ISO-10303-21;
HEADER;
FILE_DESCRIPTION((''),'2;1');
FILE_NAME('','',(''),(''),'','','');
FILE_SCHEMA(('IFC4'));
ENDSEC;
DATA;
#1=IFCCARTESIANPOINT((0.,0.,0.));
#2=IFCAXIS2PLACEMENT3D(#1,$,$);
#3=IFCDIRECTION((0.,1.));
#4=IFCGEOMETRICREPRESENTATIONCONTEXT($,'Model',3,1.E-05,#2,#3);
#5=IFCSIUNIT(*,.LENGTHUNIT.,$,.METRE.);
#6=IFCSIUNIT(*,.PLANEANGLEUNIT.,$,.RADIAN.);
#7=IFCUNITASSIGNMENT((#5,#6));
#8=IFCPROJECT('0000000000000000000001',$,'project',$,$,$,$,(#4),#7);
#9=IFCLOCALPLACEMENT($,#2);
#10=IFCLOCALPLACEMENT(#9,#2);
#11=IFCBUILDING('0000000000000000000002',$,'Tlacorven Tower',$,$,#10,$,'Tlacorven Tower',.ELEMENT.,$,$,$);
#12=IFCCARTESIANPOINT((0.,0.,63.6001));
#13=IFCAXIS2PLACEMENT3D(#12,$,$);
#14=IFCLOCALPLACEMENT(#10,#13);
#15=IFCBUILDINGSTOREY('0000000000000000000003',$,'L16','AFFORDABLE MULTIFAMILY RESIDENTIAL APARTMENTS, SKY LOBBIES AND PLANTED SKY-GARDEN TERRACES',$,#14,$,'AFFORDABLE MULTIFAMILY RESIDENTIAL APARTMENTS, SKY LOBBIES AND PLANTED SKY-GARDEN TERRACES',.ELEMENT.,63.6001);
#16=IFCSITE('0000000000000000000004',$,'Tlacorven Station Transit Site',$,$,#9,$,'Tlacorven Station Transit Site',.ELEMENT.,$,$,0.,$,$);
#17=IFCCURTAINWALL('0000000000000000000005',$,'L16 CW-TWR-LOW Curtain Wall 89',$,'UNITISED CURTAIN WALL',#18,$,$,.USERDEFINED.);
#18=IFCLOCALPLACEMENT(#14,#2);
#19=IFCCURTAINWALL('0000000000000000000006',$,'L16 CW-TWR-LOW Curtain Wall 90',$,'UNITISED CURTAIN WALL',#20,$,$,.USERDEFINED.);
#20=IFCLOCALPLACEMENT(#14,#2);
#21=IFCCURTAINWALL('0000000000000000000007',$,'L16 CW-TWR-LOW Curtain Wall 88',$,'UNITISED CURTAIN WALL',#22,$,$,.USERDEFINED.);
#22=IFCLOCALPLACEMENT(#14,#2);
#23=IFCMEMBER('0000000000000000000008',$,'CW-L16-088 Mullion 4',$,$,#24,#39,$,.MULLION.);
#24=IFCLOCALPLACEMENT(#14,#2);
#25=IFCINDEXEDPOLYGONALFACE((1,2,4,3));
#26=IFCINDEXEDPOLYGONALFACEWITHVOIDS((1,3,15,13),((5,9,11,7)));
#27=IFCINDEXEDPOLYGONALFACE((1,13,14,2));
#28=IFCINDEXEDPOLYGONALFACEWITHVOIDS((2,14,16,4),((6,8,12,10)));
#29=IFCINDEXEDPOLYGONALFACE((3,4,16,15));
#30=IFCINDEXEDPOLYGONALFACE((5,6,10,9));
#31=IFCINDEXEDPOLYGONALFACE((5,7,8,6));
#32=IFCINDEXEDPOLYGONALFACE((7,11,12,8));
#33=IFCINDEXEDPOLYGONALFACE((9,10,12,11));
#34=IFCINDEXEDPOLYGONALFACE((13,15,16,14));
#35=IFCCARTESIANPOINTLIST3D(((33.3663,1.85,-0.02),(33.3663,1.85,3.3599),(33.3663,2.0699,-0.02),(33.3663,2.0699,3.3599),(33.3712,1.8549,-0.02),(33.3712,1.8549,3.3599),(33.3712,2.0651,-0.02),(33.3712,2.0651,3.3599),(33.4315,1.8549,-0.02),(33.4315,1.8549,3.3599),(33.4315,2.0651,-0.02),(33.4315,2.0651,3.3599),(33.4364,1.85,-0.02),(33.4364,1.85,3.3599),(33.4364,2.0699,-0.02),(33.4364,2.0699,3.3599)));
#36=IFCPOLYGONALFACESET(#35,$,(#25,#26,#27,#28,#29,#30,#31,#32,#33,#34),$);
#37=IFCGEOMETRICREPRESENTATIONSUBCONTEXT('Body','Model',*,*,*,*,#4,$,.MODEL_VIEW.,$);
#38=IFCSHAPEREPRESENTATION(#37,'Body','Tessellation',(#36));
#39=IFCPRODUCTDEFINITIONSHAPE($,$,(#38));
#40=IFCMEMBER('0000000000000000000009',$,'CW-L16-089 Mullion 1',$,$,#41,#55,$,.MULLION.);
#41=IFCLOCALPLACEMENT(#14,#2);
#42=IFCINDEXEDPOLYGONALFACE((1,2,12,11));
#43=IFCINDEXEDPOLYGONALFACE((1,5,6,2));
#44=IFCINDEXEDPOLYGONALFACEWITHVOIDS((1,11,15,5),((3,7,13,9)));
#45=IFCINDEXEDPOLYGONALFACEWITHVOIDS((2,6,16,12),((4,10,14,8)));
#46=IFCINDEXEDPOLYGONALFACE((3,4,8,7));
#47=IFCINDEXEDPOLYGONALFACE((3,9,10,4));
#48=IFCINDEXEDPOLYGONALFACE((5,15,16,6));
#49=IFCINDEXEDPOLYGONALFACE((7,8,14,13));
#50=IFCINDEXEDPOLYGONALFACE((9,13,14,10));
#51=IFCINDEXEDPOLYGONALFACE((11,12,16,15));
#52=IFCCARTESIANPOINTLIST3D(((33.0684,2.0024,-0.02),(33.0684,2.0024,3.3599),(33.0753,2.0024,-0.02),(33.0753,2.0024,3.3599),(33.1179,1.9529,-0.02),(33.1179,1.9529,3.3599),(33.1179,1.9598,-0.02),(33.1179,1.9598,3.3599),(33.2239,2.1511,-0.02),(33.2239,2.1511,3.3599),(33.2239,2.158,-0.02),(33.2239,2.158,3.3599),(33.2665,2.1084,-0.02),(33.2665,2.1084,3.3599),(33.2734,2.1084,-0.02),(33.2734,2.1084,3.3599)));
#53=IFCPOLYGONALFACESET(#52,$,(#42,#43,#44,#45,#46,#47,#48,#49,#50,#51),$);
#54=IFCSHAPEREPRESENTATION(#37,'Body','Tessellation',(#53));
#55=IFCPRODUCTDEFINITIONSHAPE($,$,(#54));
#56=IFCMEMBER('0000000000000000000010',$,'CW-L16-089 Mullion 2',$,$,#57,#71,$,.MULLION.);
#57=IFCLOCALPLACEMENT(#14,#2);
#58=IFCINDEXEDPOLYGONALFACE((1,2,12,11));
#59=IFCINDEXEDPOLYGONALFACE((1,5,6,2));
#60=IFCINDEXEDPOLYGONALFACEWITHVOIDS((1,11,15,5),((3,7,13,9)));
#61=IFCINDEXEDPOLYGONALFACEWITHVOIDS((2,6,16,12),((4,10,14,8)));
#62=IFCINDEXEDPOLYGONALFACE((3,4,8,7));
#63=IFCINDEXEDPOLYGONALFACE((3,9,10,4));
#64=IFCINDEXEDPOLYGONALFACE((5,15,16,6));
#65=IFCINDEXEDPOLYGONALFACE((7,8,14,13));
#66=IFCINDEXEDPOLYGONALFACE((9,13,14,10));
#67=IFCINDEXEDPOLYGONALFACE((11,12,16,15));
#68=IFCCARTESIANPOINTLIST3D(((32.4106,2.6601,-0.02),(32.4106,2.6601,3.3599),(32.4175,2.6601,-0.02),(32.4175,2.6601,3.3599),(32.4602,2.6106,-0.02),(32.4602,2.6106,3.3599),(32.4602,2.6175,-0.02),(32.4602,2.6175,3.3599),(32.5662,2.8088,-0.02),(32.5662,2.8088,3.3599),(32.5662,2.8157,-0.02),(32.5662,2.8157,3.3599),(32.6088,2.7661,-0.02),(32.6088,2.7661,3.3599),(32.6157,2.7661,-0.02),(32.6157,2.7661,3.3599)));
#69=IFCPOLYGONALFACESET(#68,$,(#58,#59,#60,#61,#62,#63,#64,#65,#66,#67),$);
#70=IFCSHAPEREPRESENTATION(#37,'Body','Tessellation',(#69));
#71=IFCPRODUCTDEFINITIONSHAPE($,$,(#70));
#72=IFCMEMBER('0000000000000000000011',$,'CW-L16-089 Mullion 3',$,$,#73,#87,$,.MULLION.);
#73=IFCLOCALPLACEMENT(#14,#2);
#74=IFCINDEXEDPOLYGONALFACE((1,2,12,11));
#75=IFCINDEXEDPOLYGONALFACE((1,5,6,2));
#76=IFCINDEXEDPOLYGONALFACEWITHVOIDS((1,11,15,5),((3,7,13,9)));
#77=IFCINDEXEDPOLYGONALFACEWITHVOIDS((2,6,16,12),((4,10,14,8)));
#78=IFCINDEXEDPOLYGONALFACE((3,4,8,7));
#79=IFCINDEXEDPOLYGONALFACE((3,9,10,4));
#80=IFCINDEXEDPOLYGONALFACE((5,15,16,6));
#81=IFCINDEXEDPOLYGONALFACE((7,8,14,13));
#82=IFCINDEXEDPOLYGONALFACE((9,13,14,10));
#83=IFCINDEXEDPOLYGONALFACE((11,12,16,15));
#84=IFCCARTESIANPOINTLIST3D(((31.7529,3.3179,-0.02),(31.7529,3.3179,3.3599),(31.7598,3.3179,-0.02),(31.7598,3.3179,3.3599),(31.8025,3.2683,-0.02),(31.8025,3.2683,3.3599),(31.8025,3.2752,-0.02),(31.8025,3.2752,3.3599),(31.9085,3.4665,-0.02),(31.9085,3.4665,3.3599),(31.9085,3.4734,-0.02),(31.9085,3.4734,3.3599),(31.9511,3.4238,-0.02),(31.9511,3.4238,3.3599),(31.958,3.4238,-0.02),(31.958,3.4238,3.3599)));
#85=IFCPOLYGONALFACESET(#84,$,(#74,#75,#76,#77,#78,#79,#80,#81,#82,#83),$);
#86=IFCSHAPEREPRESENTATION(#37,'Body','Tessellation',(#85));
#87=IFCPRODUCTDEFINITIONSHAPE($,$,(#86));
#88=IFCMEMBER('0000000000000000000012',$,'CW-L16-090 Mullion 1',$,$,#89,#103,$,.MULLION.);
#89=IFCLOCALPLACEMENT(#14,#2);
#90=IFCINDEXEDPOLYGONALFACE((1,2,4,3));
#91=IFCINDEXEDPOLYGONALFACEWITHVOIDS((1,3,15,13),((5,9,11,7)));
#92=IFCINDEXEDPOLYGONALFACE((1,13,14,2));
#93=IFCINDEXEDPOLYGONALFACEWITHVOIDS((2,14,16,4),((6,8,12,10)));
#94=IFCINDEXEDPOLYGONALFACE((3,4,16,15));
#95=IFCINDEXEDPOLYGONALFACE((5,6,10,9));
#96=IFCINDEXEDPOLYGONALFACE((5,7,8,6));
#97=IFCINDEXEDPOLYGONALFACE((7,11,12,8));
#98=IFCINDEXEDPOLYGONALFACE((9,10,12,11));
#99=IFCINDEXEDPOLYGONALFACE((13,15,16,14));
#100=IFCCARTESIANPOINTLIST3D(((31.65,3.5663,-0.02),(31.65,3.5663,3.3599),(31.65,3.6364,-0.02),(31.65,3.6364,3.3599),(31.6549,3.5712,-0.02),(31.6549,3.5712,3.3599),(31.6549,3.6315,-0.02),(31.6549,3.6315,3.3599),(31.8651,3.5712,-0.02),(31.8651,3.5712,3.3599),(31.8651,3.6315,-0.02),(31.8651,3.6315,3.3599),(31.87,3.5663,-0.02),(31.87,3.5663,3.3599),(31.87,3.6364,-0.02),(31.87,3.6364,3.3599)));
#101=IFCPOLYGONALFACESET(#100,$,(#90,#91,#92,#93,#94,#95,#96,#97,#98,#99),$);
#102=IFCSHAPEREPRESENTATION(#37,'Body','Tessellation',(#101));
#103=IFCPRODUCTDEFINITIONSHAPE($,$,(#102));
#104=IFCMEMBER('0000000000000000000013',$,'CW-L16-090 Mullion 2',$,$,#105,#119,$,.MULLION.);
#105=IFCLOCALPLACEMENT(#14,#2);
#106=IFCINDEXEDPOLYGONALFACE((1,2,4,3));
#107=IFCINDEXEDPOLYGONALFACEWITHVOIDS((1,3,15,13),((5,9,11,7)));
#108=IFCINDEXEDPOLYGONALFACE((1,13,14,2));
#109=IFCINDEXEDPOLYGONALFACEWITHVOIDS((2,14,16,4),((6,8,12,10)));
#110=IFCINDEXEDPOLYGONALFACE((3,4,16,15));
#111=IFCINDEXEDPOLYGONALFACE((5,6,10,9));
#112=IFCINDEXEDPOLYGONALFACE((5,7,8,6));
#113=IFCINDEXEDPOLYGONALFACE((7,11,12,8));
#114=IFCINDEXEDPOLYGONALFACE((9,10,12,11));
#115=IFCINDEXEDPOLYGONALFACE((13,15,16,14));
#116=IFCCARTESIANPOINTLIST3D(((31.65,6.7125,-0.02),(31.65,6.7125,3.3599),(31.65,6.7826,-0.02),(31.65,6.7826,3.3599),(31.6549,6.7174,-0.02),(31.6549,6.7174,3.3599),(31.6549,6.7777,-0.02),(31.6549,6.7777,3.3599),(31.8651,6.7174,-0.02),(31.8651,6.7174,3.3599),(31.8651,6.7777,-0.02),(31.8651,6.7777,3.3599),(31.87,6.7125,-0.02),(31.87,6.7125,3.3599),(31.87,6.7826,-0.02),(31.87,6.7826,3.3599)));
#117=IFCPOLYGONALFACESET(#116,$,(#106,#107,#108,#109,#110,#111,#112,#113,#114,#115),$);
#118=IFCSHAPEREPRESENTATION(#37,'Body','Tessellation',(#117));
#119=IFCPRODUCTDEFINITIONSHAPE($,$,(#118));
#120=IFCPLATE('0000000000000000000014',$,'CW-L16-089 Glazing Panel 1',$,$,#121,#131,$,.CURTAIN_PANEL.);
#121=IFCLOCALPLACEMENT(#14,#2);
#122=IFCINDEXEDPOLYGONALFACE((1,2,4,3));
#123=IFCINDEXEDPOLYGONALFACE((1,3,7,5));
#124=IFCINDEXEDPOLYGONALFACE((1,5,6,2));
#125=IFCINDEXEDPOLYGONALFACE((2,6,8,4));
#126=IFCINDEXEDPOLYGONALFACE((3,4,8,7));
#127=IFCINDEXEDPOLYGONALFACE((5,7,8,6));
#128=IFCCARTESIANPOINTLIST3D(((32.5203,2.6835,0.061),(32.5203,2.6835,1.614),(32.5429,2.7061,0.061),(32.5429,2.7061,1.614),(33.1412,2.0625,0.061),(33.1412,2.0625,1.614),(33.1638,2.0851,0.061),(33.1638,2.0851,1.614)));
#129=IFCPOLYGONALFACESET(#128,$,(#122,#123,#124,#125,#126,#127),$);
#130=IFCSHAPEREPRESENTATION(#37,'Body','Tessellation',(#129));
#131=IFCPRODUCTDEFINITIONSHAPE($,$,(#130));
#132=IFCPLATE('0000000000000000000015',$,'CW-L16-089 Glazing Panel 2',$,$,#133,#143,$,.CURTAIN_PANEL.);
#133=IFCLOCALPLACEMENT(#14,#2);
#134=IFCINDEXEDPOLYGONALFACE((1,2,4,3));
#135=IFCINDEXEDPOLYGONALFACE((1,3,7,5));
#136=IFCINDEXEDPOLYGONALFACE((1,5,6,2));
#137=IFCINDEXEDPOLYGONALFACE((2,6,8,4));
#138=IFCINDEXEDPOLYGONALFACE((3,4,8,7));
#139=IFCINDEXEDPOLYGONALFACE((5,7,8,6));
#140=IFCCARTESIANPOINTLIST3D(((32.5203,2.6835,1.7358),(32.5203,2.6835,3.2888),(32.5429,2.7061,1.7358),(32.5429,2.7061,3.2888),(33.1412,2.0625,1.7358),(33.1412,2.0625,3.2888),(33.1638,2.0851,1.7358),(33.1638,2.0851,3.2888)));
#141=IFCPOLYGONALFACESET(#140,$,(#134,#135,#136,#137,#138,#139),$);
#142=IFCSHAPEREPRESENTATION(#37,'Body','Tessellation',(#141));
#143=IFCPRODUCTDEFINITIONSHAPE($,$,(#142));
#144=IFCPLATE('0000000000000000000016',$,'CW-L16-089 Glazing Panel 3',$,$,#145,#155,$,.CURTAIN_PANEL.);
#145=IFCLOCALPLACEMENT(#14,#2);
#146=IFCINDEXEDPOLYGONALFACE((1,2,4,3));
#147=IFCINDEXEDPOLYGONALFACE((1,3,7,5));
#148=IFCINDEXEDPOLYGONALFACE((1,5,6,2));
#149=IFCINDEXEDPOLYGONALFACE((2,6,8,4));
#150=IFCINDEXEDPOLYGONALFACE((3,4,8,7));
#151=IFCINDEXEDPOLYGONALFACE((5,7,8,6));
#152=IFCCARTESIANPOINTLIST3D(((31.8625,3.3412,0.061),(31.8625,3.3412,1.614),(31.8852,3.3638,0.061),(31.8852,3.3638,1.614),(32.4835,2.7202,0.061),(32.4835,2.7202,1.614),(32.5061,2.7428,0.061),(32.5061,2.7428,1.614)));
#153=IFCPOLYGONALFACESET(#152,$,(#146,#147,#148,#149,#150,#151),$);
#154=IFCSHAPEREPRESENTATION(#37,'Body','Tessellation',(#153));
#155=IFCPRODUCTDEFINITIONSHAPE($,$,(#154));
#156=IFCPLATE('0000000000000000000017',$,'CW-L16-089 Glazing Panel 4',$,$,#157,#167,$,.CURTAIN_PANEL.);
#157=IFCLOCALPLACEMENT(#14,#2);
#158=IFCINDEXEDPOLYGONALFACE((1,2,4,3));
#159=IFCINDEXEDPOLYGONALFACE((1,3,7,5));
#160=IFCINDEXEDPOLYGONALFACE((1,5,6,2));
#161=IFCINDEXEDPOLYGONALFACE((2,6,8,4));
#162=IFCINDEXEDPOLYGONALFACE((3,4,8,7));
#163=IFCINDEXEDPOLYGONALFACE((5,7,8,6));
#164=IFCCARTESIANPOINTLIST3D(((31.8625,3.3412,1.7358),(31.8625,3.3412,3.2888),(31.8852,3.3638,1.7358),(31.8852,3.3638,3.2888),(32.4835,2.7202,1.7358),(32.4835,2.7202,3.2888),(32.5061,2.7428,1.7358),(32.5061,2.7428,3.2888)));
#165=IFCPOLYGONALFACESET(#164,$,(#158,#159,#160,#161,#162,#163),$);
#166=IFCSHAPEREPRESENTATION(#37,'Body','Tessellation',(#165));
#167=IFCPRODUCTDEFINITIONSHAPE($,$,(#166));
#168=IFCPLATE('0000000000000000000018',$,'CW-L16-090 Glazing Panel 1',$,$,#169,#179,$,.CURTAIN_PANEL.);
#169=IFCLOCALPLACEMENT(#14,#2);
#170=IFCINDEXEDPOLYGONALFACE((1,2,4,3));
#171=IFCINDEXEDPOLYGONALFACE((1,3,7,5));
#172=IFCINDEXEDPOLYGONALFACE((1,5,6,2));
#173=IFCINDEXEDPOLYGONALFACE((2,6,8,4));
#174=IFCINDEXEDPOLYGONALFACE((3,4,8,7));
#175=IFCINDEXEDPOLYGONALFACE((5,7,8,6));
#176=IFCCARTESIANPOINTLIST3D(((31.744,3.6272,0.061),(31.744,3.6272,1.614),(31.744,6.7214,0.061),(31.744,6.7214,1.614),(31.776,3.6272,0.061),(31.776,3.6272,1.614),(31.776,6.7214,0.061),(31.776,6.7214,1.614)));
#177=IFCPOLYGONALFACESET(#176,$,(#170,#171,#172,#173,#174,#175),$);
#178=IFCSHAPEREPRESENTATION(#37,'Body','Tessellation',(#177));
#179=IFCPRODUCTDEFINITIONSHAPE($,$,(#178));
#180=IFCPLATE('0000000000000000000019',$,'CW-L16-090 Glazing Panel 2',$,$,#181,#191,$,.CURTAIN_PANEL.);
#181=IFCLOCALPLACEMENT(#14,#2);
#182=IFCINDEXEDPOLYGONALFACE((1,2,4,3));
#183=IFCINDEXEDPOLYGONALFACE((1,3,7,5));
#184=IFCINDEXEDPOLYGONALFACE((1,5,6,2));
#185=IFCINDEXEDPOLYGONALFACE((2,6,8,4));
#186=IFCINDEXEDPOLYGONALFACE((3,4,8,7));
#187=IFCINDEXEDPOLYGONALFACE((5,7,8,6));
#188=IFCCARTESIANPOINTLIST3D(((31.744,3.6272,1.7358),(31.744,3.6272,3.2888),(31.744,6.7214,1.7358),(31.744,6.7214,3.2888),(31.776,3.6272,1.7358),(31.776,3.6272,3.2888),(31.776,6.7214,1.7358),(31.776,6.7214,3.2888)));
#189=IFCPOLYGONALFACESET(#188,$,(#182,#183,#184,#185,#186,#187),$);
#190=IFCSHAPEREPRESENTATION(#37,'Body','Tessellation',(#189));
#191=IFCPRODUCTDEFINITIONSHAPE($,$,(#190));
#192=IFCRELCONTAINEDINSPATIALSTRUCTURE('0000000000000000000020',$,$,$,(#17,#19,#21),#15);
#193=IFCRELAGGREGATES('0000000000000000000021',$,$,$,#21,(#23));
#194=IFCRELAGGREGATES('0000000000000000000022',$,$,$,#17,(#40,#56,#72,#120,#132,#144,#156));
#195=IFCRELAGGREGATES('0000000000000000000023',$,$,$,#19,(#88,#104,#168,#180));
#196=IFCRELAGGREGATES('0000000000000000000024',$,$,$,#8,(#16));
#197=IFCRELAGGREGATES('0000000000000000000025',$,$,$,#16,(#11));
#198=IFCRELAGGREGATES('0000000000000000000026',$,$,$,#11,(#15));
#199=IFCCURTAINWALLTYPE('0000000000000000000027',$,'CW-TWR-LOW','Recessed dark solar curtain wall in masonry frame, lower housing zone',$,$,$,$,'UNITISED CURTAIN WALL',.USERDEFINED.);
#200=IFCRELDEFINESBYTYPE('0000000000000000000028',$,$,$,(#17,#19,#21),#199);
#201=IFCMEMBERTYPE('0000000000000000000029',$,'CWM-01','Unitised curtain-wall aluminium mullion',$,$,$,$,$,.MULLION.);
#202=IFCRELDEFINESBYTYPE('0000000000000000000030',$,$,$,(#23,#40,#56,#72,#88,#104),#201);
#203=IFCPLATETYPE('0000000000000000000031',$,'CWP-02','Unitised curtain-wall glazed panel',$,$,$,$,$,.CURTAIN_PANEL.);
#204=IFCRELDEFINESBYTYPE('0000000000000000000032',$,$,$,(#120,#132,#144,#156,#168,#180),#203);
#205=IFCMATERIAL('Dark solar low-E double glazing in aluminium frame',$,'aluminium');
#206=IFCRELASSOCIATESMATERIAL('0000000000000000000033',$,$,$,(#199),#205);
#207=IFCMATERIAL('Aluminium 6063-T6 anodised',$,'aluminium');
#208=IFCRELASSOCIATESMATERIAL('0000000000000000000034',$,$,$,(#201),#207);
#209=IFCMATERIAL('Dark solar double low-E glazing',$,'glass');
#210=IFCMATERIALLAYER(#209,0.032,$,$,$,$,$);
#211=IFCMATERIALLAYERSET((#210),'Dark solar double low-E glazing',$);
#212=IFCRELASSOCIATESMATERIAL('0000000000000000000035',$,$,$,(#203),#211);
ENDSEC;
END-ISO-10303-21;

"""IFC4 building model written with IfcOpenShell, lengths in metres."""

from ifc_helpers import new_model, si_unit, direction, frame, origin, origin_2d, place, context, subcontext, project, spatial, rectangle, hollow_rectangle, extrude, source, transform, mapped, material, layer, layer_set, material_profile, profile_set, type_object, element, aggregate, save


model = new_model("IFC4")

# Units and contexts
model_context = context("Model", 3, precision=1e-05, world=origin(), true_north=direction((0.0, 1.0)))
body_context = subcontext(model_context, "Body", "Model", "MODEL_VIEW")
ifc_project = project(units=[si_unit("LENGTHUNIT", "METRE"), si_unit("PLANEANGLEUNIT", "RADIAN")], contexts=[model_context])

# Site, building, storey
site_placement = place(None, origin())
site = spatial("IfcSite", under=ifc_project, at=site_placement, Name="Tlacorven Station Transit Site", LongName="Tlacorven Station Transit Site", CompositionType="ELEMENT", RefElevation=0.0)
building_placement = place(site_placement, origin())
building = spatial("IfcBuilding", under=site, at=building_placement, Name="Tlacorven Tower", LongName="Tlacorven Tower", CompositionType="ELEMENT")
storey_placement = place(building_placement, frame((0.0, 0.0, 63.6001)))
storey = spatial("IfcBuildingStorey", under=building, at=storey_placement, Name="L16", Description="AFFORDABLE MULTIFAMILY RESIDENTIAL APARTMENTS, SKY LOBBIES AND PLANTED SKY-GARDEN TERRACES", LongName="AFFORDABLE MULTIFAMILY RESIDENTIAL APARTMENTS, SKY LOBBIES AND PLANTED SKY-GARDEN TERRACES", CompositionType="ELEMENT", Elevation=63.6001)

# Curtain walls
ifc_material_1 = material(Name="Dark solar low-E double glazing in aluminium frame", Category="aluminium")
curtain_wall_type = type_object("IfcCurtainWallType", Name="CW-TWR-LOW", Description="Recessed dark solar curtain wall in masonry frame, lower housing zone", ElementType="UNITISED CURTAIN WALL", PredefinedType="USERDEFINED", material=ifc_material_1)
curtain_wall_1_placement = place(storey_placement, origin())
curtain_wall_1 = element("IfcCurtainWall", 1, at=curtain_wall_1_placement, inside=storey, type_object=curtain_wall_type, Name="L16 CW-TWR-LOW Curtain Wall 89", ObjectType="UNITISED CURTAIN WALL", PredefinedType="USERDEFINED")
ifc_material_2 = material(Name="Aluminium 6063-T6 anodised", Category="aluminium")
curtain_wall_2_placement = place(storey_placement, origin())
curtain_wall_2 = element("IfcCurtainWall", 2, at=curtain_wall_2_placement, inside=storey, type_object=curtain_wall_type, Name="L16 CW-TWR-LOW Curtain Wall 90", ObjectType="UNITISED CURTAIN WALL", PredefinedType="USERDEFINED")

# Curtain wall, member
curtain_wall_3_placement = place(storey_placement, origin())
curtain_wall_3 = element("IfcCurtainWall", 3, at=curtain_wall_3_placement, inside=storey, type_object=curtain_wall_type, Name="L16 CW-TWR-LOW Curtain Wall 88", ObjectType="UNITISED CURTAIN WALL", PredefinedType="USERDEFINED")
ifc_material_profile_1 = material_profile(ifc_material_2, hollow_rectangle(XDim=0.0701, YDim=0.22, WallThickness=0.0049, at=origin_2d()), Name="ALU MULLION 70X220")
ifc_profile_set_1 = profile_set([ifc_material_profile_1], Name="Aluminium 6063-T6 anodised")
member_type_1 = type_object("IfcMemberType", Name="CWM-01", Description="Unitised curtain-wall aluminium mullion", PredefinedType="MULLION", material=ifc_profile_set_1)
shared_shape_1 = source(origin(), body_context, "Body", "SweptSolid", [
    extrude(hollow_rectangle(XDim=0.0701, YDim=0.22, WallThickness=0.0049, at=origin_2d()), origin(), (0.0, 0.0, 1.0), 3.3799),
])
member_1_placement = place(storey_placement, frame((33.4014, 1.96, -0.02), z_axis=(0.0, 0.0, 1.0), x_axis=(-1.0, 0.0, 0.0)))
member_1 = element("IfcMember", 4, at=member_1_placement, type_object=member_type_1, Name="CW-L16-088 Mullion 4", PredefinedType="MULLION", context=body_context, shape_type="MappedRepresentation", body=[
    mapped(shared_shape_1, transform((0.0, 0.0, 0.0), scale=1.0)),
])
aggregate(curtain_wall_3, [member_1])

# Members
member_2_placement = place(storey_placement, frame((33.1709, 2.0554, -0.02), z_axis=(0.0, 0.0, 1.0), x_axis=(-0.707107, 0.707107, 0.0)))
member_2 = element("IfcMember", 5, at=member_2_placement, type_object=member_type_1, Name="CW-L16-089 Mullion 1", PredefinedType="MULLION", context=body_context, shape_type="MappedRepresentation", body=[
    mapped(shared_shape_1, transform((0.0, 0.0, 0.0), scale=1.0)),
])
member_3_placement = place(storey_placement, frame((32.5132, 2.7131, -0.02), z_axis=(0.0, 0.0, 1.0), x_axis=(-0.707107, 0.707107, 0.0)))
member_3 = element("IfcMember", 6, at=member_3_placement, type_object=member_type_1, Name="CW-L16-089 Mullion 2", PredefinedType="MULLION", context=body_context, shape_type="MappedRepresentation", body=[
    mapped(shared_shape_1, transform((0.0, 0.0, 0.0), scale=1.0)),
])
member_4_placement = place(storey_placement, frame((31.8555, 3.3708, -0.02), z_axis=(0.0, 0.0, 1.0), x_axis=(-0.707107, 0.707107, 0.0)))
member_4 = element("IfcMember", 7, at=member_4_placement, type_object=member_type_1, Name="CW-L16-089 Mullion 3", PredefinedType="MULLION", context=body_context, shape_type="MappedRepresentation", body=[
    mapped(shared_shape_1, transform((0.0, 0.0, 0.0), scale=1.0)),
])
member_5_placement = place(storey_placement, frame((31.76, 3.6013, -0.02), z_axis=(0.0, 0.0, 1.0), x_axis=(0.0, 1.0, 0.0)))
member_5 = element("IfcMember", 8, at=member_5_placement, type_object=member_type_1, Name="CW-L16-090 Mullion 1", PredefinedType="MULLION", context=body_context, shape_type="MappedRepresentation", body=[
    mapped(shared_shape_1, transform((0.0, 0.0, 0.0), scale=1.0)),
])
member_6_placement = place(storey_placement, frame((31.76, 6.7476, -0.02), z_axis=(0.0, 0.0, 1.0), x_axis=(0.0, 1.0, 0.0)))
member_6 = element("IfcMember", 9, at=member_6_placement, type_object=member_type_1, Name="CW-L16-090 Mullion 2", PredefinedType="MULLION", context=body_context, shape_type="MappedRepresentation", body=[
    mapped(shared_shape_1, transform((0.0, 0.0, 0.0), scale=1.0)),
])

# Plates
ifc_material_3 = material(Name="Dark solar double low-E glazing", Category="glass")
ifc_layer = layer(ifc_material_3, 0.032)
ifc_layer_set = layer_set([ifc_layer], Name="Dark solar double low-E glazing")
plate_type = type_object("IfcPlateType", Name="CWP-02", Description="Unitised curtain-wall glazed panel", PredefinedType="CURTAIN_PANEL", material=ifc_layer_set)
shared_shape_2 = source(origin(), body_context, "Body", "SweptSolid", [
    extrude(rectangle(XDim=0.8782, YDim=0.032, at=origin_2d()), origin(), (0.0, 0.0, 1.0), 1.553),
])
plate_1_placement = place(storey_placement, frame((32.842, 2.3843, 0.061), z_axis=(0.0, 0.0, 1.0), x_axis=(-0.707107, 0.707107, 0.0)))
plate_1 = element("IfcPlate", 10, at=plate_1_placement, type_object=plate_type, Name="CW-L16-089 Glazing Panel 1", PredefinedType="CURTAIN_PANEL", context=body_context, shape_type="MappedRepresentation", body=[
    mapped(shared_shape_2, transform((0.0, 0.0, 0.0), scale=1.0)),
])
plate_2_placement = place(storey_placement, frame((32.842, 2.3843, 1.7358), z_axis=(0.0, 0.0, 1.0), x_axis=(-0.707107, 0.707107, 0.0)))
plate_2 = element("IfcPlate", 11, at=plate_2_placement, type_object=plate_type, Name="CW-L16-089 Glazing Panel 2", PredefinedType="CURTAIN_PANEL", context=body_context, shape_type="MappedRepresentation", body=[
    mapped(shared_shape_2, transform((0.0, 0.0, 0.0), scale=1.0)),
])
plate_3_placement = place(storey_placement, frame((32.1843, 3.042, 0.061), z_axis=(0.0, 0.0, 1.0), x_axis=(-0.707107, 0.707107, 0.0)))
plate_3 = element("IfcPlate", 12, at=plate_3_placement, type_object=plate_type, Name="CW-L16-089 Glazing Panel 3", PredefinedType="CURTAIN_PANEL", context=body_context, shape_type="MappedRepresentation", body=[
    mapped(shared_shape_2, transform((0.0, 0.0, 0.0), scale=1.0)),
])
plate_4_placement = place(storey_placement, frame((32.1843, 3.042, 1.7358), z_axis=(0.0, 0.0, 1.0), x_axis=(-0.707107, 0.707107, 0.0)))
plate_4 = element("IfcPlate", 13, at=plate_4_placement, type_object=plate_type, Name="CW-L16-089 Glazing Panel 4", PredefinedType="CURTAIN_PANEL", context=body_context, shape_type="MappedRepresentation", body=[
    mapped(shared_shape_2, transform((0.0, 0.0, 0.0), scale=1.0)),
])
aggregate(curtain_wall_1, [member_2, member_3, member_4, plate_1, plate_2, plate_3, plate_4])
shared_shape_3 = source(origin(), body_context, "Body", "SweptSolid", [
    extrude(rectangle(XDim=3.0942, YDim=0.032, at=origin_2d()), origin(), (0.0, 0.0, 1.0), 1.553),
])
plate_5_placement = place(storey_placement, frame((31.76, 5.1743, 0.061), z_axis=(0.0, 0.0, 1.0), x_axis=(0.0, 1.0, 0.0)))
plate_5 = element("IfcPlate", 14, at=plate_5_placement, type_object=plate_type, Name="CW-L16-090 Glazing Panel 1", PredefinedType="CURTAIN_PANEL", context=body_context, shape_type="MappedRepresentation", body=[
    mapped(shared_shape_3, transform((0.0, 0.0, 0.0), scale=1.0)),
])
plate_6_placement = place(storey_placement, frame((31.76, 5.1743, 1.7358), z_axis=(0.0, 0.0, 1.0), x_axis=(0.0, 1.0, 0.0)))
plate_6 = element("IfcPlate", 15, at=plate_6_placement, type_object=plate_type, Name="CW-L16-090 Glazing Panel 2", PredefinedType="CURTAIN_PANEL", context=body_context, shape_type="MappedRepresentation", body=[
    mapped(shared_shape_3, transform((0.0, 0.0, 0.0), scale=1.0)),
])
aggregate(curtain_wall_2, [member_5, member_6, plate_5, plate_6])

save(model, "model.ifc")
